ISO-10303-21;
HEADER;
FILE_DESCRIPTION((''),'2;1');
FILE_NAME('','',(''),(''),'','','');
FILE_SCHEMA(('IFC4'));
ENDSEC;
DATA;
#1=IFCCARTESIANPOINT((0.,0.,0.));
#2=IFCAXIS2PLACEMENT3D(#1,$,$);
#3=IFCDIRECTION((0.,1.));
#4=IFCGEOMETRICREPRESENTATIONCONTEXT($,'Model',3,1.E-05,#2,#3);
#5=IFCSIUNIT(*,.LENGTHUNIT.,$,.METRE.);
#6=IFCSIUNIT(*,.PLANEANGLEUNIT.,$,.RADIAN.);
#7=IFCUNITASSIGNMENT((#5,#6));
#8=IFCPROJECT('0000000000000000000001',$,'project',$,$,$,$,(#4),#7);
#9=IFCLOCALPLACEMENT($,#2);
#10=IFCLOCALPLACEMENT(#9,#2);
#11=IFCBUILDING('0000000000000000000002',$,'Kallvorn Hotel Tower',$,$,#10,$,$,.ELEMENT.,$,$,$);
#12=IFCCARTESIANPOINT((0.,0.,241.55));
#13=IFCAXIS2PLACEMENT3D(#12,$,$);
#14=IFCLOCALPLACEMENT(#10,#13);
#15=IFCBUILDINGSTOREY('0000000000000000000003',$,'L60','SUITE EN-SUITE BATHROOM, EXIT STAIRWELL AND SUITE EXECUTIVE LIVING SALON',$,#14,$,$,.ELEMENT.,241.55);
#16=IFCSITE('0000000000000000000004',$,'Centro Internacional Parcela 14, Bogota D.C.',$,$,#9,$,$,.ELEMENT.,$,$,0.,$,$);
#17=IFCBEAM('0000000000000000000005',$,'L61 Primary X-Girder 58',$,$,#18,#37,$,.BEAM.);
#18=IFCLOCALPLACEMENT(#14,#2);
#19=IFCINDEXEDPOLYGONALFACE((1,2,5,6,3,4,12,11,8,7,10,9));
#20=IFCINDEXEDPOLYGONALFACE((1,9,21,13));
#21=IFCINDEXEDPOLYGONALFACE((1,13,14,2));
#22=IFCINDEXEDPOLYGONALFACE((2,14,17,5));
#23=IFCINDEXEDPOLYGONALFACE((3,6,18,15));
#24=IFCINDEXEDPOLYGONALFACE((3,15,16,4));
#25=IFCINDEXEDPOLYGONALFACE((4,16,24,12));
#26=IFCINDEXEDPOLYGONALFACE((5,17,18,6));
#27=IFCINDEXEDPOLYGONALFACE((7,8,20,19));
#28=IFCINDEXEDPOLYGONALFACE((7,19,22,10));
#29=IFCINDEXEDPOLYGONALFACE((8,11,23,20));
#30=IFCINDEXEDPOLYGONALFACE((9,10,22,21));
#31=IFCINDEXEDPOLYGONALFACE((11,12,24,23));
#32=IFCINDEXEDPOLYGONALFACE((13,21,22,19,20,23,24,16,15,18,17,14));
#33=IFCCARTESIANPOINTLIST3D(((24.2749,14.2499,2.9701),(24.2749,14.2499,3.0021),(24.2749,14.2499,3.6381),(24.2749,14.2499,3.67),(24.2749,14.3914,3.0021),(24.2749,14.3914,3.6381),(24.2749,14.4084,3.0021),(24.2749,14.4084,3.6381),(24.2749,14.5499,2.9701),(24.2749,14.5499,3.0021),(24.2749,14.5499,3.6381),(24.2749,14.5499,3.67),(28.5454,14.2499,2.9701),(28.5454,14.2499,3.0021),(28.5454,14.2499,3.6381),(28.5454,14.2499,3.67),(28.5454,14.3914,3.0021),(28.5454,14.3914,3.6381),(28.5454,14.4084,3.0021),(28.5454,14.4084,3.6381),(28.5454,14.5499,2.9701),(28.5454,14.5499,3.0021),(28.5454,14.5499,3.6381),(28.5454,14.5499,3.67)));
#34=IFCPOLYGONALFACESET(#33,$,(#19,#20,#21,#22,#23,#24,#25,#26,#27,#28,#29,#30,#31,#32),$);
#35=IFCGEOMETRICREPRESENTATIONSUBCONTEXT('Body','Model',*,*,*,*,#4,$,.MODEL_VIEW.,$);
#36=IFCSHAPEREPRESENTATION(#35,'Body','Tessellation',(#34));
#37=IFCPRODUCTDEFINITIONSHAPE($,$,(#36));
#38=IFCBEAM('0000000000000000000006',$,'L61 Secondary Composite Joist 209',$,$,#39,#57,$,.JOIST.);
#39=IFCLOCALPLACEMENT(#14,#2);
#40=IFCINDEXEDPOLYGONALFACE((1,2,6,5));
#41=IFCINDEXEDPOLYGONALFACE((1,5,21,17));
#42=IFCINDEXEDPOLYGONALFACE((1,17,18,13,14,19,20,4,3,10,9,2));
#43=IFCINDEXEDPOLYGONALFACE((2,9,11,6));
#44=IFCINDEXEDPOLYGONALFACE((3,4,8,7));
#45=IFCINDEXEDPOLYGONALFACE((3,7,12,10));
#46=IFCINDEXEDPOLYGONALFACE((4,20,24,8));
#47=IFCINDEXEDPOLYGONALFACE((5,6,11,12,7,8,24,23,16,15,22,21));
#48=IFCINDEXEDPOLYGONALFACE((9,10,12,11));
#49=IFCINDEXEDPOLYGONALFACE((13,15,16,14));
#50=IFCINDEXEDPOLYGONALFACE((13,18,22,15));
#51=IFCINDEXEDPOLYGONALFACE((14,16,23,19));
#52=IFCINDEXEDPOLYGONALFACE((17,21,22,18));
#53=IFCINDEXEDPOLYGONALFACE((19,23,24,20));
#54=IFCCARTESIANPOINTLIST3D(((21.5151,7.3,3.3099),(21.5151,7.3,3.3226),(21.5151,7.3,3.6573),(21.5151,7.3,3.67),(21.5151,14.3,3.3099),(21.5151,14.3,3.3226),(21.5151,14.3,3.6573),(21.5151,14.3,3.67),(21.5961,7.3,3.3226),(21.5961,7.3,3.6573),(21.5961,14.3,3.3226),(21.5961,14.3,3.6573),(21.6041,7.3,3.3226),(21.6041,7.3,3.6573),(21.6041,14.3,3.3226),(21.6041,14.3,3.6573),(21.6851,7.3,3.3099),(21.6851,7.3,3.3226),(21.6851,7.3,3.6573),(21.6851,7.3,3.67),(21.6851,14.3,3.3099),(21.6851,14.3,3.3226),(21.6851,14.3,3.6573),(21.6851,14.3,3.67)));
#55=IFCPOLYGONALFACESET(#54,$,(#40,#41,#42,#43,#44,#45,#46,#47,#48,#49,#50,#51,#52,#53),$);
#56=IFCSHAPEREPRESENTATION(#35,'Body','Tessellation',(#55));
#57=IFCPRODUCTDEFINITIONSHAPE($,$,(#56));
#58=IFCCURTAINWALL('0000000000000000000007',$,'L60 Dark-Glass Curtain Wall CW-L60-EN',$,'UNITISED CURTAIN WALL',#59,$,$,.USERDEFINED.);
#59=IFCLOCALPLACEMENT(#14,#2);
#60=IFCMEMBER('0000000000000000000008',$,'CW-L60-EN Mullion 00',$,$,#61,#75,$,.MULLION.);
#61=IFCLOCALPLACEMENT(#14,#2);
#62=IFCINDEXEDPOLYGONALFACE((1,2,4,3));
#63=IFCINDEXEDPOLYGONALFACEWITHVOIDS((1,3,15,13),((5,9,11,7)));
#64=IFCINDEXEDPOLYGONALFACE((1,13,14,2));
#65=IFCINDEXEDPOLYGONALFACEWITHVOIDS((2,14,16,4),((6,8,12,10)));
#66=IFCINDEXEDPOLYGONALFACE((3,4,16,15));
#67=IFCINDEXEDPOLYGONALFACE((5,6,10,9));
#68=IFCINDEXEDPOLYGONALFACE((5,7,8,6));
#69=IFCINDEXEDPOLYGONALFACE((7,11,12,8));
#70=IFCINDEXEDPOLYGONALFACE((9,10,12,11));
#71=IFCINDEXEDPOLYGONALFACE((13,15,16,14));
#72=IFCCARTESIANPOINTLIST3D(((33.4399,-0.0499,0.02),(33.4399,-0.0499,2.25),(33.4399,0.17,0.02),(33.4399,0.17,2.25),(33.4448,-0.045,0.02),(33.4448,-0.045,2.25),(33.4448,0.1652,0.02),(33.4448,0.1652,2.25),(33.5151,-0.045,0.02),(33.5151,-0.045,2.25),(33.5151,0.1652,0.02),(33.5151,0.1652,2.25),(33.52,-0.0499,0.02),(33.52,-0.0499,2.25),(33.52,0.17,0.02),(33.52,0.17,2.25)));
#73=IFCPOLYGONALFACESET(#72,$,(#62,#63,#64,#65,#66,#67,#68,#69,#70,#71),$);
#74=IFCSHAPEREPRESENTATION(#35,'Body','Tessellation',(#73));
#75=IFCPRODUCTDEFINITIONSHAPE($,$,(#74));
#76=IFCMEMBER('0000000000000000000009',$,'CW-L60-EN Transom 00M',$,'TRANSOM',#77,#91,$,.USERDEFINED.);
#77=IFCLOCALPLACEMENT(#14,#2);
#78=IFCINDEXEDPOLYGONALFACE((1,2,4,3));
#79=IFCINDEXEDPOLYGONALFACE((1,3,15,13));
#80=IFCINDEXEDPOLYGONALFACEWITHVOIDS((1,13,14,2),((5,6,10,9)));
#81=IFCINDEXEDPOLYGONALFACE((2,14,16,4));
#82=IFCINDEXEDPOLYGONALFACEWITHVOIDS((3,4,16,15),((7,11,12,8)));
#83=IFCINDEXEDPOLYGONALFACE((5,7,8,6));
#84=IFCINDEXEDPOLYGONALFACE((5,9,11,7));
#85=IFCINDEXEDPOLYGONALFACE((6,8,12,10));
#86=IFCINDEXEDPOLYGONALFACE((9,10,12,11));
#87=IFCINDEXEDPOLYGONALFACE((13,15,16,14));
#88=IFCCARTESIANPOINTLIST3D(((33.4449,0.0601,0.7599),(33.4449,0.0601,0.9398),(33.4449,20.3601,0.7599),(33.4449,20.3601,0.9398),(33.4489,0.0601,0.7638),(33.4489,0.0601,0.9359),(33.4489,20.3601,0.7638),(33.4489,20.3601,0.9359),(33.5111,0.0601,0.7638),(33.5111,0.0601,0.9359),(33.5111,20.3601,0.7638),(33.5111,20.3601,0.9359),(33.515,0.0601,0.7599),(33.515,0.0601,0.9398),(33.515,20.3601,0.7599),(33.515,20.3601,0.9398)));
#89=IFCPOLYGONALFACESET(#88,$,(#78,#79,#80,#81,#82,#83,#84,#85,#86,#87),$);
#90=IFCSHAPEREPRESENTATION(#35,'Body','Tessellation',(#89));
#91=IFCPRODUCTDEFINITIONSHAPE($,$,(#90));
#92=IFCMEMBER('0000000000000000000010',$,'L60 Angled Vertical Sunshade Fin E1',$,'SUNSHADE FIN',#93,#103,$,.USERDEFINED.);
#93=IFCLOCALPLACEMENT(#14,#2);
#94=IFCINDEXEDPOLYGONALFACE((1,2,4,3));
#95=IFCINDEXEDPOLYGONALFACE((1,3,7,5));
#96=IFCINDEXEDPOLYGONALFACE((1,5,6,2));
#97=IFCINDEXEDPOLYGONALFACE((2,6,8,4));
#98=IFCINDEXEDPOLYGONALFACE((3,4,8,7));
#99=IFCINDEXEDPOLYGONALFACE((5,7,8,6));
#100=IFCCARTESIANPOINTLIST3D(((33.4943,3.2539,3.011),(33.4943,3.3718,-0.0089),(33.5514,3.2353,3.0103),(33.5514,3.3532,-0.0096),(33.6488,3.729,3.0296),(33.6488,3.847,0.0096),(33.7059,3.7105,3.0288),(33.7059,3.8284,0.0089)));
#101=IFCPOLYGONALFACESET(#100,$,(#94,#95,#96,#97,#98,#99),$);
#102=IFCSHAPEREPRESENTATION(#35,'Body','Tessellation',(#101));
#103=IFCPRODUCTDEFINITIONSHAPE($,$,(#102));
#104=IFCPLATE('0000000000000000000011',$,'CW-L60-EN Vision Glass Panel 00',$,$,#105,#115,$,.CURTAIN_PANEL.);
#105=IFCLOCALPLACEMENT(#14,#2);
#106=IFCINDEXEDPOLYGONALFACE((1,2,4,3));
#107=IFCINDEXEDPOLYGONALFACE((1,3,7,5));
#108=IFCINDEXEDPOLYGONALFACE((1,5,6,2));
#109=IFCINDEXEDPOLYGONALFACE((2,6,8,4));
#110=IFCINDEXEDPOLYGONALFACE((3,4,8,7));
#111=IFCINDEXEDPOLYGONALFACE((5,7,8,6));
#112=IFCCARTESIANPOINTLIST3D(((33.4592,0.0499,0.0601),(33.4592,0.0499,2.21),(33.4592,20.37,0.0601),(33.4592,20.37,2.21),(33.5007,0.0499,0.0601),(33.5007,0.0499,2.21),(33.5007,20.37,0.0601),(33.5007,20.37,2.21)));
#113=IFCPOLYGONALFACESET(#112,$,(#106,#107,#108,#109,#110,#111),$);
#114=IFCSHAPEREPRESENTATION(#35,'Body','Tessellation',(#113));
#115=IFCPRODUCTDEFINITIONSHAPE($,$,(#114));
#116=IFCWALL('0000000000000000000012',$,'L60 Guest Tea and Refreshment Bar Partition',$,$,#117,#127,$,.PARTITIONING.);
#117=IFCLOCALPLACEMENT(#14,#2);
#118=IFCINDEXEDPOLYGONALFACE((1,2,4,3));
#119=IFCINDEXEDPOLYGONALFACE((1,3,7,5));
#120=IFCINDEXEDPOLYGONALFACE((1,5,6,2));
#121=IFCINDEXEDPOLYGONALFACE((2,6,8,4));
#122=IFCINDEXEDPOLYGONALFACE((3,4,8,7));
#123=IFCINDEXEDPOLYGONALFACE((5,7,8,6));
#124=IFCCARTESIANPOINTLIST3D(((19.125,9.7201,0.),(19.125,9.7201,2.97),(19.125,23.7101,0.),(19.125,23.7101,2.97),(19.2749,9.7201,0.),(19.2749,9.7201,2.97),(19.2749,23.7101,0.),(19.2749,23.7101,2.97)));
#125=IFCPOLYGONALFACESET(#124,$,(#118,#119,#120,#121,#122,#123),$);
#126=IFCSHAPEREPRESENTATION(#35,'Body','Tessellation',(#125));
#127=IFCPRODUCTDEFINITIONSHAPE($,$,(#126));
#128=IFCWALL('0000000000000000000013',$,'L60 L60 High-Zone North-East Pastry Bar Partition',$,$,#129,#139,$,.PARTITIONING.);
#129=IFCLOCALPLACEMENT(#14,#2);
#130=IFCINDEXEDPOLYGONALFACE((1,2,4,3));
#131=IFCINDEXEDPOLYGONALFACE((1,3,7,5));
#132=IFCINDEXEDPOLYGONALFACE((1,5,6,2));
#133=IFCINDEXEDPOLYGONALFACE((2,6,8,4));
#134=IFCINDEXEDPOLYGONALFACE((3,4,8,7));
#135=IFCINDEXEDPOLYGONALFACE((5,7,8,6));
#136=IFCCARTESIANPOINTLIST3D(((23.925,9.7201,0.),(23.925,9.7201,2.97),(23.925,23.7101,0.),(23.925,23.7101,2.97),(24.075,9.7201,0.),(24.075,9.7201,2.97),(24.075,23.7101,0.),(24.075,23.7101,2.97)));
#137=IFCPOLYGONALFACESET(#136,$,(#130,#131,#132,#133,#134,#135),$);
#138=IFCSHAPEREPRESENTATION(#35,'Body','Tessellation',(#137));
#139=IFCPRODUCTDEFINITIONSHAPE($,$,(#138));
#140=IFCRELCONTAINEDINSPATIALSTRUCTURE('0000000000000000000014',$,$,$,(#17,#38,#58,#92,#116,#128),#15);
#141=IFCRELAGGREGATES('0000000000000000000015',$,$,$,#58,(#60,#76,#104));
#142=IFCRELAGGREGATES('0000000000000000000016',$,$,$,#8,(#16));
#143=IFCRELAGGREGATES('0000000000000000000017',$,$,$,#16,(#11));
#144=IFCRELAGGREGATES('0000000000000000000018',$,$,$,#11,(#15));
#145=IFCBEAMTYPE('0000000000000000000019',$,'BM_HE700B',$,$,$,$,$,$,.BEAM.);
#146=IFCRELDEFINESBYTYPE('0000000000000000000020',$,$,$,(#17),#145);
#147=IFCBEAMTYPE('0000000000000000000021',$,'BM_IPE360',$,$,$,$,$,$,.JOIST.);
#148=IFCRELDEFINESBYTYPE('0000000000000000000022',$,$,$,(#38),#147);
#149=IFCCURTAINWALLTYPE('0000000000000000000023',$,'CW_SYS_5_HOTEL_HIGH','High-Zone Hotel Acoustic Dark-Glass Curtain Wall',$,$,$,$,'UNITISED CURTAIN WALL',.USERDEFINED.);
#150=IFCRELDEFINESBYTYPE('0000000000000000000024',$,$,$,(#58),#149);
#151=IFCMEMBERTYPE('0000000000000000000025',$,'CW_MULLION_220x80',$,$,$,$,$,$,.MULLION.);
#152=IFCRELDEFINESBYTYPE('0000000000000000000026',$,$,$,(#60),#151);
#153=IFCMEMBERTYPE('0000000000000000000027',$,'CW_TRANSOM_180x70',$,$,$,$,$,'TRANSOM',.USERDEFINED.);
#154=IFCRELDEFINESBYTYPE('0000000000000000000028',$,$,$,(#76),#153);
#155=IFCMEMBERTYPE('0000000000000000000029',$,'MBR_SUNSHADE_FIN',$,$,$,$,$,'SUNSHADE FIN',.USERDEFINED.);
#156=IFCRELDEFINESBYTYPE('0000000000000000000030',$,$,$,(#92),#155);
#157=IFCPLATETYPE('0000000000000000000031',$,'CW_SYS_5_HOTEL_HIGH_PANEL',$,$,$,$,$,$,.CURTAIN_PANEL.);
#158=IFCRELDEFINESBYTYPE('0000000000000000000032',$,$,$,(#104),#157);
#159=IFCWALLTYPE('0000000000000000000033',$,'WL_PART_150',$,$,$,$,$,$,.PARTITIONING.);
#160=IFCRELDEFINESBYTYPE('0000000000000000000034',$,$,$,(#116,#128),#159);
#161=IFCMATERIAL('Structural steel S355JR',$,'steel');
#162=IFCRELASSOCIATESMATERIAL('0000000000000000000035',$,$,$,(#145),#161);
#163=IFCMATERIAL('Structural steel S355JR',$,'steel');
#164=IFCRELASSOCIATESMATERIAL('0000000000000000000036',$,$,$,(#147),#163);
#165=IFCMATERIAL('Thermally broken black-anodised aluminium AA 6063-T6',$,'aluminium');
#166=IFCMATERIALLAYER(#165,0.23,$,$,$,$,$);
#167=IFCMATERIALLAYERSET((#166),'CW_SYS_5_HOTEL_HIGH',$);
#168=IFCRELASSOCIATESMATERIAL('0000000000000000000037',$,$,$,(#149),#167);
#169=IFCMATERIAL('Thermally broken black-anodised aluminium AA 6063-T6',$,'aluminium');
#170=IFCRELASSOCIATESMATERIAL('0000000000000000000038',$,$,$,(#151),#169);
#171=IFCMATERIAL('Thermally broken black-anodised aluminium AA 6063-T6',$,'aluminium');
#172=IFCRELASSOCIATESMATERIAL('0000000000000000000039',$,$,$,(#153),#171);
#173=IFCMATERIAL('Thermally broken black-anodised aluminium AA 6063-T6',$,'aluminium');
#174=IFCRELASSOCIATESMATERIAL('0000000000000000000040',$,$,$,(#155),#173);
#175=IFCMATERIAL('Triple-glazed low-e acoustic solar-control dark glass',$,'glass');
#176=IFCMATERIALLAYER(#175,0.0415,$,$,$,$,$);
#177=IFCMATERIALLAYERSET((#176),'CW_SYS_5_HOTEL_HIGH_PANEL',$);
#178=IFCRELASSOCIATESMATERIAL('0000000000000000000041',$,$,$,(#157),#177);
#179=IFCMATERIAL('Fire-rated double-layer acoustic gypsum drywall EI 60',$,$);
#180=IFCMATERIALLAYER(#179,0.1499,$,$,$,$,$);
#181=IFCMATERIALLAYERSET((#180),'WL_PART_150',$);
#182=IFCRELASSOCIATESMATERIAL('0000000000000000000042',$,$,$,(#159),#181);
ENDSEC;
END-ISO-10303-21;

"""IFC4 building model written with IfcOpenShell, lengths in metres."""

from ifc_helpers import new_model, si_unit, direction, frame, frame_2d, origin, origin_2d, place, context, subcontext, project, spatial, rectangle, hollow_rectangle, i_section, extrude, material, layer, layer_set, material_profile, profile_set, type_object, element, aggregate, save


model = new_model("IFC4")

# Units and contexts
model_context = context("Model", 3, precision=1e-05, world=origin(), true_north=direction((0.0, 1.0)))
body_context = subcontext(model_context, "Body", "Model", "MODEL_VIEW")
ifc_project = project(units=[si_unit("LENGTHUNIT", "METRE"), si_unit("PLANEANGLEUNIT", "RADIAN")], contexts=[model_context])

# Site, building, storey
site_placement = place(None, origin())
site = spatial("IfcSite", under=ifc_project, at=site_placement, Name="Centro Internacional Parcela 14, Bogota D.C.", CompositionType="ELEMENT", RefElevation=0.0)
building_placement = place(site_placement, origin())
building = spatial("IfcBuilding", under=site, at=building_placement, Name="Kallvorn Hotel Tower", CompositionType="ELEMENT")
storey_placement = place(building_placement, frame((0.0, 0.0, 241.55)))
storey = spatial("IfcBuildingStorey", under=building, at=storey_placement, Name="L60", Description="SUITE EN-SUITE BATHROOM, EXIT STAIRWELL AND SUITE EXECUTIVE LIVING SALON", CompositionType="ELEMENT", Elevation=241.55)

# Beams
ifc_material_1 = material(Name="Structural steel S355JR", Category="steel")
ifc_material_profile_1 = material_profile(ifc_material_1, i_section(OverallWidth=0.3, OverallDepth=0.7, WebThickness=0.0171, FlangeThickness=0.032, at=origin_2d()), Name="HE 700 B")
ifc_profile_set_1 = profile_set([ifc_material_profile_1], Name="Structural steel S355JR")
beam_type_1 = type_object("IfcBeamType", Name="BM_HE700B", PredefinedType="BEAM", material=ifc_profile_set_1)
for number, where, z_axis, x_axis, name in (
    (1, (24.2749, 14.3999, 3.3201), (1.0, 0.0, 0.0), (0.0, 1.0, 0.0), "L61 Primary X-Girder 58"),
):
    element("IfcBeam", number, at=place(storey_placement, frame(where, z_axis=z_axis, x_axis=x_axis)), inside=storey, type_object=beam_type_1, Name=name, PredefinedType="BEAM", context=body_context, shape_type="SweptSolid", body=[
        extrude(i_section(OverallWidth=0.3, OverallDepth=0.7, WebThickness=0.0171, FlangeThickness=0.032, at=origin_2d()), origin(), (0.0, 0.0, 1.0), 4.2705),
    ])
ifc_material_2 = material(Name="Structural steel S355JR", Category="steel")
ifc_material_profile_2 = material_profile(ifc_material_2, i_section(OverallWidth=0.1699, OverallDepth=0.3601, WebThickness=0.0081, FlangeThickness=0.0127, at=origin_2d()), Name="IPE 360")
ifc_profile_set_2 = profile_set([ifc_material_profile_2], Name="Structural steel S355JR")
beam_type_2 = type_object("IfcBeamType", Name="BM_IPE360", PredefinedType="JOIST", material=ifc_profile_set_2)
beam_1_placement = place(storey_placement, frame((21.6001, 7.3, 3.49), z_axis=(0.0, 1.0, 0.0), x_axis=(-1.0, 0.0, 0.0)))
element("IfcBeam", 2, at=beam_1_placement, inside=storey, type_object=beam_type_2, Name="L61 Secondary Composite Joist 209", PredefinedType="JOIST", context=body_context, shape_type="SweptSolid", body=[
    extrude(i_section(OverallWidth=0.1699, OverallDepth=0.3601, WebThickness=0.0081, FlangeThickness=0.0127, at=origin_2d()), origin(), (0.0, 0.0, 1.0), 7.0),
])

# Curtain wall, members
ifc_material_3 = material(Name="Thermally broken black-anodised aluminium AA 6063-T6", Category="aluminium")
ifc_layer_1 = layer(ifc_material_3, 0.23)
ifc_layer_set_1 = layer_set([ifc_layer_1], Name="CW_SYS_5_HOTEL_HIGH")
curtain_wall_type = type_object("IfcCurtainWallType", Name="CW_SYS_5_HOTEL_HIGH", Description="High-Zone Hotel Acoustic Dark-Glass Curtain Wall", ElementType="UNITISED CURTAIN WALL", PredefinedType="USERDEFINED", material=ifc_layer_set_1)
curtain_wall_placement = place(storey_placement, origin())
curtain_wall = element("IfcCurtainWall", 3, at=curtain_wall_placement, inside=storey, type_object=curtain_wall_type, Name="L60 Dark-Glass Curtain Wall CW-L60-EN", ObjectType="UNITISED CURTAIN WALL", PredefinedType="USERDEFINED")
ifc_material_4 = material(Name="Thermally broken black-anodised aluminium AA 6063-T6", Category="aluminium")
ifc_material_profile_3 = material_profile(ifc_material_4, hollow_rectangle(XDim=0.0801, YDim=0.22, WallThickness=0.0049, at=origin_2d()), Name="MUL 220x80")
ifc_profile_set_3 = profile_set([ifc_material_profile_3], Name="Thermally broken black-anodised aluminium AA 6063-T6")
member_type_1 = type_object("IfcMemberType", Name="CW_MULLION_220x80", PredefinedType="MULLION", material=ifc_profile_set_3)
member_1_placement = place(storey_placement, frame((33.48, 0.0601, 0.02), z_axis=(0.0, 0.0, 1.0), x_axis=(1.0, 0.0, 0.0)))
member_1 = element("IfcMember", 4, at=member_1_placement, type_object=member_type_1, Name="CW-L60-EN Mullion 00", PredefinedType="MULLION", context=body_context, shape_type="SweptSolid", body=[
    extrude(hollow_rectangle(XDim=0.0801, YDim=0.22, WallThickness=0.0049, at=origin_2d()), origin(), (0.0, 0.0, 1.0), 2.23),
])
ifc_material_5 = material(Name="Thermally broken black-anodised aluminium AA 6063-T6", Category="aluminium")
ifc_material_profile_4 = material_profile(ifc_material_5, hollow_rectangle(XDim=0.0701, YDim=0.1799, WallThickness=0.0039, at=origin_2d()), Name="TRN 180x70")
ifc_profile_set_4 = profile_set([ifc_material_profile_4], Name="Thermally broken black-anodised aluminium AA 6063-T6")
member_type_2 = type_object("IfcMemberType", Name="CW_TRANSOM_180x70", ElementType="TRANSOM", PredefinedType="USERDEFINED", material=ifc_profile_set_4)
member_2_placement = place(storey_placement, frame((33.48, 0.0601, 0.8499), z_axis=(0.0, 1.0, 0.0), x_axis=(-1.0, 0.0, 0.0)))
member_2 = element("IfcMember", 5, at=member_2_placement, type_object=member_type_2, Name="CW-L60-EN Transom 00M", ObjectType="TRANSOM", PredefinedType="USERDEFINED", context=body_context, shape_type="SweptSolid", body=[
    extrude(hollow_rectangle(XDim=0.0701, YDim=0.1799, WallThickness=0.0039, at=origin_2d()), origin(), (0.0, 0.0, 1.0), 20.3),
])

# Member
ifc_material_6 = material(Name="Thermally broken black-anodised aluminium AA 6063-T6", Category="aluminium")
ifc_material_profile_5 = material_profile(ifc_material_6, rectangle(XDim=0.0601, YDim=0.5, at=origin_2d()), Name="FIN 500x60")
ifc_profile_set_5 = profile_set([ifc_material_profile_5], Name="Thermally broken black-anodised aluminium AA 6063-T6")
member_type_3 = type_object("IfcMemberType", Name="MBR_SUNSHADE_FIN", ElementType="SUNSHADE FIN", PredefinedType="USERDEFINED", material=ifc_profile_set_5)
member_3_placement = place(storey_placement, frame((33.6001, 3.6001, 0.0), z_axis=(0.0, -0.039016, 0.999239), x_axis=(0.951057, -0.308782, -0.012057)))
element("IfcMember", 6, at=member_3_placement, inside=storey, type_object=member_type_3, Name="L60 Angled Vertical Sunshade Fin E1", ObjectType="SUNSHADE FIN", PredefinedType="USERDEFINED", context=body_context, shape_type="SweptSolid", body=[
    extrude(rectangle(XDim=0.0601, YDim=0.5, at=origin_2d()), origin(), (0.0, 0.0, 1.0), 3.0222),
])

# Plate
ifc_material_7 = material(Name="Triple-glazed low-e acoustic solar-control dark glass", Category="glass")
ifc_layer_2 = layer(ifc_material_7, 0.0415)
ifc_layer_set_2 = layer_set([ifc_layer_2], Name="CW_SYS_5_HOTEL_HIGH_PANEL")
plate_type = type_object("IfcPlateType", Name="CW_SYS_5_HOTEL_HIGH_PANEL", PredefinedType="CURTAIN_PANEL", material=ifc_layer_set_2)
plate_placement = place(storey_placement, frame((33.48, 10.21, 0.0601), z_axis=(0.0, 0.0, 1.0), x_axis=(0.0, 1.0, 0.0)))
plate = element("IfcPlate", 7, at=plate_placement, type_object=plate_type, Name="CW-L60-EN Vision Glass Panel 00", PredefinedType="CURTAIN_PANEL", context=body_context, shape_type="SweptSolid", body=[
    extrude(rectangle(XDim=20.3201, YDim=0.0415, at=origin_2d()), origin(), (0.0, 0.0, 1.0), 2.1499),
])
aggregate(curtain_wall, [member_1, member_2, plate])

# Walls
ifc_material_8 = material(Name="Fire-rated double-layer acoustic gypsum drywall EI 60")
ifc_layer_3 = layer(ifc_material_8, 0.1499)
ifc_layer_set_3 = layer_set([ifc_layer_3], Name="WL_PART_150")
wall_type = type_object("IfcWallType", Name="WL_PART_150", PredefinedType="PARTITIONING", material=ifc_layer_set_3)
for number, where, z_axis, x_axis, name in (
    (8, (19.2, 9.72, 0.0), (0.0, 0.0, 1.0), (0.0, 1.0, 0.0), "L60 Guest Tea and Refreshment Bar Partition"),
    (9, (24.0, 9.72, 0.0), (0.0, 0.0, 1.0), (0.0, 1.0, 0.0), "L60 L60 High-Zone North-East Pastry Bar Partition"),
):
    element("IfcWall", number, at=place(storey_placement, frame(where, z_axis=z_axis, x_axis=x_axis)), inside=storey, type_object=wall_type, Name=name, PredefinedType="PARTITIONING", context=body_context, shape_type="SweptSolid", body=[
        extrude(rectangle(XDim=13.99, YDim=0.1499, at=frame_2d((6.9951, 0.0))), origin(), (0.0, 0.0, 1.0), 2.97),
    ])

save(model, "model.ifc")
